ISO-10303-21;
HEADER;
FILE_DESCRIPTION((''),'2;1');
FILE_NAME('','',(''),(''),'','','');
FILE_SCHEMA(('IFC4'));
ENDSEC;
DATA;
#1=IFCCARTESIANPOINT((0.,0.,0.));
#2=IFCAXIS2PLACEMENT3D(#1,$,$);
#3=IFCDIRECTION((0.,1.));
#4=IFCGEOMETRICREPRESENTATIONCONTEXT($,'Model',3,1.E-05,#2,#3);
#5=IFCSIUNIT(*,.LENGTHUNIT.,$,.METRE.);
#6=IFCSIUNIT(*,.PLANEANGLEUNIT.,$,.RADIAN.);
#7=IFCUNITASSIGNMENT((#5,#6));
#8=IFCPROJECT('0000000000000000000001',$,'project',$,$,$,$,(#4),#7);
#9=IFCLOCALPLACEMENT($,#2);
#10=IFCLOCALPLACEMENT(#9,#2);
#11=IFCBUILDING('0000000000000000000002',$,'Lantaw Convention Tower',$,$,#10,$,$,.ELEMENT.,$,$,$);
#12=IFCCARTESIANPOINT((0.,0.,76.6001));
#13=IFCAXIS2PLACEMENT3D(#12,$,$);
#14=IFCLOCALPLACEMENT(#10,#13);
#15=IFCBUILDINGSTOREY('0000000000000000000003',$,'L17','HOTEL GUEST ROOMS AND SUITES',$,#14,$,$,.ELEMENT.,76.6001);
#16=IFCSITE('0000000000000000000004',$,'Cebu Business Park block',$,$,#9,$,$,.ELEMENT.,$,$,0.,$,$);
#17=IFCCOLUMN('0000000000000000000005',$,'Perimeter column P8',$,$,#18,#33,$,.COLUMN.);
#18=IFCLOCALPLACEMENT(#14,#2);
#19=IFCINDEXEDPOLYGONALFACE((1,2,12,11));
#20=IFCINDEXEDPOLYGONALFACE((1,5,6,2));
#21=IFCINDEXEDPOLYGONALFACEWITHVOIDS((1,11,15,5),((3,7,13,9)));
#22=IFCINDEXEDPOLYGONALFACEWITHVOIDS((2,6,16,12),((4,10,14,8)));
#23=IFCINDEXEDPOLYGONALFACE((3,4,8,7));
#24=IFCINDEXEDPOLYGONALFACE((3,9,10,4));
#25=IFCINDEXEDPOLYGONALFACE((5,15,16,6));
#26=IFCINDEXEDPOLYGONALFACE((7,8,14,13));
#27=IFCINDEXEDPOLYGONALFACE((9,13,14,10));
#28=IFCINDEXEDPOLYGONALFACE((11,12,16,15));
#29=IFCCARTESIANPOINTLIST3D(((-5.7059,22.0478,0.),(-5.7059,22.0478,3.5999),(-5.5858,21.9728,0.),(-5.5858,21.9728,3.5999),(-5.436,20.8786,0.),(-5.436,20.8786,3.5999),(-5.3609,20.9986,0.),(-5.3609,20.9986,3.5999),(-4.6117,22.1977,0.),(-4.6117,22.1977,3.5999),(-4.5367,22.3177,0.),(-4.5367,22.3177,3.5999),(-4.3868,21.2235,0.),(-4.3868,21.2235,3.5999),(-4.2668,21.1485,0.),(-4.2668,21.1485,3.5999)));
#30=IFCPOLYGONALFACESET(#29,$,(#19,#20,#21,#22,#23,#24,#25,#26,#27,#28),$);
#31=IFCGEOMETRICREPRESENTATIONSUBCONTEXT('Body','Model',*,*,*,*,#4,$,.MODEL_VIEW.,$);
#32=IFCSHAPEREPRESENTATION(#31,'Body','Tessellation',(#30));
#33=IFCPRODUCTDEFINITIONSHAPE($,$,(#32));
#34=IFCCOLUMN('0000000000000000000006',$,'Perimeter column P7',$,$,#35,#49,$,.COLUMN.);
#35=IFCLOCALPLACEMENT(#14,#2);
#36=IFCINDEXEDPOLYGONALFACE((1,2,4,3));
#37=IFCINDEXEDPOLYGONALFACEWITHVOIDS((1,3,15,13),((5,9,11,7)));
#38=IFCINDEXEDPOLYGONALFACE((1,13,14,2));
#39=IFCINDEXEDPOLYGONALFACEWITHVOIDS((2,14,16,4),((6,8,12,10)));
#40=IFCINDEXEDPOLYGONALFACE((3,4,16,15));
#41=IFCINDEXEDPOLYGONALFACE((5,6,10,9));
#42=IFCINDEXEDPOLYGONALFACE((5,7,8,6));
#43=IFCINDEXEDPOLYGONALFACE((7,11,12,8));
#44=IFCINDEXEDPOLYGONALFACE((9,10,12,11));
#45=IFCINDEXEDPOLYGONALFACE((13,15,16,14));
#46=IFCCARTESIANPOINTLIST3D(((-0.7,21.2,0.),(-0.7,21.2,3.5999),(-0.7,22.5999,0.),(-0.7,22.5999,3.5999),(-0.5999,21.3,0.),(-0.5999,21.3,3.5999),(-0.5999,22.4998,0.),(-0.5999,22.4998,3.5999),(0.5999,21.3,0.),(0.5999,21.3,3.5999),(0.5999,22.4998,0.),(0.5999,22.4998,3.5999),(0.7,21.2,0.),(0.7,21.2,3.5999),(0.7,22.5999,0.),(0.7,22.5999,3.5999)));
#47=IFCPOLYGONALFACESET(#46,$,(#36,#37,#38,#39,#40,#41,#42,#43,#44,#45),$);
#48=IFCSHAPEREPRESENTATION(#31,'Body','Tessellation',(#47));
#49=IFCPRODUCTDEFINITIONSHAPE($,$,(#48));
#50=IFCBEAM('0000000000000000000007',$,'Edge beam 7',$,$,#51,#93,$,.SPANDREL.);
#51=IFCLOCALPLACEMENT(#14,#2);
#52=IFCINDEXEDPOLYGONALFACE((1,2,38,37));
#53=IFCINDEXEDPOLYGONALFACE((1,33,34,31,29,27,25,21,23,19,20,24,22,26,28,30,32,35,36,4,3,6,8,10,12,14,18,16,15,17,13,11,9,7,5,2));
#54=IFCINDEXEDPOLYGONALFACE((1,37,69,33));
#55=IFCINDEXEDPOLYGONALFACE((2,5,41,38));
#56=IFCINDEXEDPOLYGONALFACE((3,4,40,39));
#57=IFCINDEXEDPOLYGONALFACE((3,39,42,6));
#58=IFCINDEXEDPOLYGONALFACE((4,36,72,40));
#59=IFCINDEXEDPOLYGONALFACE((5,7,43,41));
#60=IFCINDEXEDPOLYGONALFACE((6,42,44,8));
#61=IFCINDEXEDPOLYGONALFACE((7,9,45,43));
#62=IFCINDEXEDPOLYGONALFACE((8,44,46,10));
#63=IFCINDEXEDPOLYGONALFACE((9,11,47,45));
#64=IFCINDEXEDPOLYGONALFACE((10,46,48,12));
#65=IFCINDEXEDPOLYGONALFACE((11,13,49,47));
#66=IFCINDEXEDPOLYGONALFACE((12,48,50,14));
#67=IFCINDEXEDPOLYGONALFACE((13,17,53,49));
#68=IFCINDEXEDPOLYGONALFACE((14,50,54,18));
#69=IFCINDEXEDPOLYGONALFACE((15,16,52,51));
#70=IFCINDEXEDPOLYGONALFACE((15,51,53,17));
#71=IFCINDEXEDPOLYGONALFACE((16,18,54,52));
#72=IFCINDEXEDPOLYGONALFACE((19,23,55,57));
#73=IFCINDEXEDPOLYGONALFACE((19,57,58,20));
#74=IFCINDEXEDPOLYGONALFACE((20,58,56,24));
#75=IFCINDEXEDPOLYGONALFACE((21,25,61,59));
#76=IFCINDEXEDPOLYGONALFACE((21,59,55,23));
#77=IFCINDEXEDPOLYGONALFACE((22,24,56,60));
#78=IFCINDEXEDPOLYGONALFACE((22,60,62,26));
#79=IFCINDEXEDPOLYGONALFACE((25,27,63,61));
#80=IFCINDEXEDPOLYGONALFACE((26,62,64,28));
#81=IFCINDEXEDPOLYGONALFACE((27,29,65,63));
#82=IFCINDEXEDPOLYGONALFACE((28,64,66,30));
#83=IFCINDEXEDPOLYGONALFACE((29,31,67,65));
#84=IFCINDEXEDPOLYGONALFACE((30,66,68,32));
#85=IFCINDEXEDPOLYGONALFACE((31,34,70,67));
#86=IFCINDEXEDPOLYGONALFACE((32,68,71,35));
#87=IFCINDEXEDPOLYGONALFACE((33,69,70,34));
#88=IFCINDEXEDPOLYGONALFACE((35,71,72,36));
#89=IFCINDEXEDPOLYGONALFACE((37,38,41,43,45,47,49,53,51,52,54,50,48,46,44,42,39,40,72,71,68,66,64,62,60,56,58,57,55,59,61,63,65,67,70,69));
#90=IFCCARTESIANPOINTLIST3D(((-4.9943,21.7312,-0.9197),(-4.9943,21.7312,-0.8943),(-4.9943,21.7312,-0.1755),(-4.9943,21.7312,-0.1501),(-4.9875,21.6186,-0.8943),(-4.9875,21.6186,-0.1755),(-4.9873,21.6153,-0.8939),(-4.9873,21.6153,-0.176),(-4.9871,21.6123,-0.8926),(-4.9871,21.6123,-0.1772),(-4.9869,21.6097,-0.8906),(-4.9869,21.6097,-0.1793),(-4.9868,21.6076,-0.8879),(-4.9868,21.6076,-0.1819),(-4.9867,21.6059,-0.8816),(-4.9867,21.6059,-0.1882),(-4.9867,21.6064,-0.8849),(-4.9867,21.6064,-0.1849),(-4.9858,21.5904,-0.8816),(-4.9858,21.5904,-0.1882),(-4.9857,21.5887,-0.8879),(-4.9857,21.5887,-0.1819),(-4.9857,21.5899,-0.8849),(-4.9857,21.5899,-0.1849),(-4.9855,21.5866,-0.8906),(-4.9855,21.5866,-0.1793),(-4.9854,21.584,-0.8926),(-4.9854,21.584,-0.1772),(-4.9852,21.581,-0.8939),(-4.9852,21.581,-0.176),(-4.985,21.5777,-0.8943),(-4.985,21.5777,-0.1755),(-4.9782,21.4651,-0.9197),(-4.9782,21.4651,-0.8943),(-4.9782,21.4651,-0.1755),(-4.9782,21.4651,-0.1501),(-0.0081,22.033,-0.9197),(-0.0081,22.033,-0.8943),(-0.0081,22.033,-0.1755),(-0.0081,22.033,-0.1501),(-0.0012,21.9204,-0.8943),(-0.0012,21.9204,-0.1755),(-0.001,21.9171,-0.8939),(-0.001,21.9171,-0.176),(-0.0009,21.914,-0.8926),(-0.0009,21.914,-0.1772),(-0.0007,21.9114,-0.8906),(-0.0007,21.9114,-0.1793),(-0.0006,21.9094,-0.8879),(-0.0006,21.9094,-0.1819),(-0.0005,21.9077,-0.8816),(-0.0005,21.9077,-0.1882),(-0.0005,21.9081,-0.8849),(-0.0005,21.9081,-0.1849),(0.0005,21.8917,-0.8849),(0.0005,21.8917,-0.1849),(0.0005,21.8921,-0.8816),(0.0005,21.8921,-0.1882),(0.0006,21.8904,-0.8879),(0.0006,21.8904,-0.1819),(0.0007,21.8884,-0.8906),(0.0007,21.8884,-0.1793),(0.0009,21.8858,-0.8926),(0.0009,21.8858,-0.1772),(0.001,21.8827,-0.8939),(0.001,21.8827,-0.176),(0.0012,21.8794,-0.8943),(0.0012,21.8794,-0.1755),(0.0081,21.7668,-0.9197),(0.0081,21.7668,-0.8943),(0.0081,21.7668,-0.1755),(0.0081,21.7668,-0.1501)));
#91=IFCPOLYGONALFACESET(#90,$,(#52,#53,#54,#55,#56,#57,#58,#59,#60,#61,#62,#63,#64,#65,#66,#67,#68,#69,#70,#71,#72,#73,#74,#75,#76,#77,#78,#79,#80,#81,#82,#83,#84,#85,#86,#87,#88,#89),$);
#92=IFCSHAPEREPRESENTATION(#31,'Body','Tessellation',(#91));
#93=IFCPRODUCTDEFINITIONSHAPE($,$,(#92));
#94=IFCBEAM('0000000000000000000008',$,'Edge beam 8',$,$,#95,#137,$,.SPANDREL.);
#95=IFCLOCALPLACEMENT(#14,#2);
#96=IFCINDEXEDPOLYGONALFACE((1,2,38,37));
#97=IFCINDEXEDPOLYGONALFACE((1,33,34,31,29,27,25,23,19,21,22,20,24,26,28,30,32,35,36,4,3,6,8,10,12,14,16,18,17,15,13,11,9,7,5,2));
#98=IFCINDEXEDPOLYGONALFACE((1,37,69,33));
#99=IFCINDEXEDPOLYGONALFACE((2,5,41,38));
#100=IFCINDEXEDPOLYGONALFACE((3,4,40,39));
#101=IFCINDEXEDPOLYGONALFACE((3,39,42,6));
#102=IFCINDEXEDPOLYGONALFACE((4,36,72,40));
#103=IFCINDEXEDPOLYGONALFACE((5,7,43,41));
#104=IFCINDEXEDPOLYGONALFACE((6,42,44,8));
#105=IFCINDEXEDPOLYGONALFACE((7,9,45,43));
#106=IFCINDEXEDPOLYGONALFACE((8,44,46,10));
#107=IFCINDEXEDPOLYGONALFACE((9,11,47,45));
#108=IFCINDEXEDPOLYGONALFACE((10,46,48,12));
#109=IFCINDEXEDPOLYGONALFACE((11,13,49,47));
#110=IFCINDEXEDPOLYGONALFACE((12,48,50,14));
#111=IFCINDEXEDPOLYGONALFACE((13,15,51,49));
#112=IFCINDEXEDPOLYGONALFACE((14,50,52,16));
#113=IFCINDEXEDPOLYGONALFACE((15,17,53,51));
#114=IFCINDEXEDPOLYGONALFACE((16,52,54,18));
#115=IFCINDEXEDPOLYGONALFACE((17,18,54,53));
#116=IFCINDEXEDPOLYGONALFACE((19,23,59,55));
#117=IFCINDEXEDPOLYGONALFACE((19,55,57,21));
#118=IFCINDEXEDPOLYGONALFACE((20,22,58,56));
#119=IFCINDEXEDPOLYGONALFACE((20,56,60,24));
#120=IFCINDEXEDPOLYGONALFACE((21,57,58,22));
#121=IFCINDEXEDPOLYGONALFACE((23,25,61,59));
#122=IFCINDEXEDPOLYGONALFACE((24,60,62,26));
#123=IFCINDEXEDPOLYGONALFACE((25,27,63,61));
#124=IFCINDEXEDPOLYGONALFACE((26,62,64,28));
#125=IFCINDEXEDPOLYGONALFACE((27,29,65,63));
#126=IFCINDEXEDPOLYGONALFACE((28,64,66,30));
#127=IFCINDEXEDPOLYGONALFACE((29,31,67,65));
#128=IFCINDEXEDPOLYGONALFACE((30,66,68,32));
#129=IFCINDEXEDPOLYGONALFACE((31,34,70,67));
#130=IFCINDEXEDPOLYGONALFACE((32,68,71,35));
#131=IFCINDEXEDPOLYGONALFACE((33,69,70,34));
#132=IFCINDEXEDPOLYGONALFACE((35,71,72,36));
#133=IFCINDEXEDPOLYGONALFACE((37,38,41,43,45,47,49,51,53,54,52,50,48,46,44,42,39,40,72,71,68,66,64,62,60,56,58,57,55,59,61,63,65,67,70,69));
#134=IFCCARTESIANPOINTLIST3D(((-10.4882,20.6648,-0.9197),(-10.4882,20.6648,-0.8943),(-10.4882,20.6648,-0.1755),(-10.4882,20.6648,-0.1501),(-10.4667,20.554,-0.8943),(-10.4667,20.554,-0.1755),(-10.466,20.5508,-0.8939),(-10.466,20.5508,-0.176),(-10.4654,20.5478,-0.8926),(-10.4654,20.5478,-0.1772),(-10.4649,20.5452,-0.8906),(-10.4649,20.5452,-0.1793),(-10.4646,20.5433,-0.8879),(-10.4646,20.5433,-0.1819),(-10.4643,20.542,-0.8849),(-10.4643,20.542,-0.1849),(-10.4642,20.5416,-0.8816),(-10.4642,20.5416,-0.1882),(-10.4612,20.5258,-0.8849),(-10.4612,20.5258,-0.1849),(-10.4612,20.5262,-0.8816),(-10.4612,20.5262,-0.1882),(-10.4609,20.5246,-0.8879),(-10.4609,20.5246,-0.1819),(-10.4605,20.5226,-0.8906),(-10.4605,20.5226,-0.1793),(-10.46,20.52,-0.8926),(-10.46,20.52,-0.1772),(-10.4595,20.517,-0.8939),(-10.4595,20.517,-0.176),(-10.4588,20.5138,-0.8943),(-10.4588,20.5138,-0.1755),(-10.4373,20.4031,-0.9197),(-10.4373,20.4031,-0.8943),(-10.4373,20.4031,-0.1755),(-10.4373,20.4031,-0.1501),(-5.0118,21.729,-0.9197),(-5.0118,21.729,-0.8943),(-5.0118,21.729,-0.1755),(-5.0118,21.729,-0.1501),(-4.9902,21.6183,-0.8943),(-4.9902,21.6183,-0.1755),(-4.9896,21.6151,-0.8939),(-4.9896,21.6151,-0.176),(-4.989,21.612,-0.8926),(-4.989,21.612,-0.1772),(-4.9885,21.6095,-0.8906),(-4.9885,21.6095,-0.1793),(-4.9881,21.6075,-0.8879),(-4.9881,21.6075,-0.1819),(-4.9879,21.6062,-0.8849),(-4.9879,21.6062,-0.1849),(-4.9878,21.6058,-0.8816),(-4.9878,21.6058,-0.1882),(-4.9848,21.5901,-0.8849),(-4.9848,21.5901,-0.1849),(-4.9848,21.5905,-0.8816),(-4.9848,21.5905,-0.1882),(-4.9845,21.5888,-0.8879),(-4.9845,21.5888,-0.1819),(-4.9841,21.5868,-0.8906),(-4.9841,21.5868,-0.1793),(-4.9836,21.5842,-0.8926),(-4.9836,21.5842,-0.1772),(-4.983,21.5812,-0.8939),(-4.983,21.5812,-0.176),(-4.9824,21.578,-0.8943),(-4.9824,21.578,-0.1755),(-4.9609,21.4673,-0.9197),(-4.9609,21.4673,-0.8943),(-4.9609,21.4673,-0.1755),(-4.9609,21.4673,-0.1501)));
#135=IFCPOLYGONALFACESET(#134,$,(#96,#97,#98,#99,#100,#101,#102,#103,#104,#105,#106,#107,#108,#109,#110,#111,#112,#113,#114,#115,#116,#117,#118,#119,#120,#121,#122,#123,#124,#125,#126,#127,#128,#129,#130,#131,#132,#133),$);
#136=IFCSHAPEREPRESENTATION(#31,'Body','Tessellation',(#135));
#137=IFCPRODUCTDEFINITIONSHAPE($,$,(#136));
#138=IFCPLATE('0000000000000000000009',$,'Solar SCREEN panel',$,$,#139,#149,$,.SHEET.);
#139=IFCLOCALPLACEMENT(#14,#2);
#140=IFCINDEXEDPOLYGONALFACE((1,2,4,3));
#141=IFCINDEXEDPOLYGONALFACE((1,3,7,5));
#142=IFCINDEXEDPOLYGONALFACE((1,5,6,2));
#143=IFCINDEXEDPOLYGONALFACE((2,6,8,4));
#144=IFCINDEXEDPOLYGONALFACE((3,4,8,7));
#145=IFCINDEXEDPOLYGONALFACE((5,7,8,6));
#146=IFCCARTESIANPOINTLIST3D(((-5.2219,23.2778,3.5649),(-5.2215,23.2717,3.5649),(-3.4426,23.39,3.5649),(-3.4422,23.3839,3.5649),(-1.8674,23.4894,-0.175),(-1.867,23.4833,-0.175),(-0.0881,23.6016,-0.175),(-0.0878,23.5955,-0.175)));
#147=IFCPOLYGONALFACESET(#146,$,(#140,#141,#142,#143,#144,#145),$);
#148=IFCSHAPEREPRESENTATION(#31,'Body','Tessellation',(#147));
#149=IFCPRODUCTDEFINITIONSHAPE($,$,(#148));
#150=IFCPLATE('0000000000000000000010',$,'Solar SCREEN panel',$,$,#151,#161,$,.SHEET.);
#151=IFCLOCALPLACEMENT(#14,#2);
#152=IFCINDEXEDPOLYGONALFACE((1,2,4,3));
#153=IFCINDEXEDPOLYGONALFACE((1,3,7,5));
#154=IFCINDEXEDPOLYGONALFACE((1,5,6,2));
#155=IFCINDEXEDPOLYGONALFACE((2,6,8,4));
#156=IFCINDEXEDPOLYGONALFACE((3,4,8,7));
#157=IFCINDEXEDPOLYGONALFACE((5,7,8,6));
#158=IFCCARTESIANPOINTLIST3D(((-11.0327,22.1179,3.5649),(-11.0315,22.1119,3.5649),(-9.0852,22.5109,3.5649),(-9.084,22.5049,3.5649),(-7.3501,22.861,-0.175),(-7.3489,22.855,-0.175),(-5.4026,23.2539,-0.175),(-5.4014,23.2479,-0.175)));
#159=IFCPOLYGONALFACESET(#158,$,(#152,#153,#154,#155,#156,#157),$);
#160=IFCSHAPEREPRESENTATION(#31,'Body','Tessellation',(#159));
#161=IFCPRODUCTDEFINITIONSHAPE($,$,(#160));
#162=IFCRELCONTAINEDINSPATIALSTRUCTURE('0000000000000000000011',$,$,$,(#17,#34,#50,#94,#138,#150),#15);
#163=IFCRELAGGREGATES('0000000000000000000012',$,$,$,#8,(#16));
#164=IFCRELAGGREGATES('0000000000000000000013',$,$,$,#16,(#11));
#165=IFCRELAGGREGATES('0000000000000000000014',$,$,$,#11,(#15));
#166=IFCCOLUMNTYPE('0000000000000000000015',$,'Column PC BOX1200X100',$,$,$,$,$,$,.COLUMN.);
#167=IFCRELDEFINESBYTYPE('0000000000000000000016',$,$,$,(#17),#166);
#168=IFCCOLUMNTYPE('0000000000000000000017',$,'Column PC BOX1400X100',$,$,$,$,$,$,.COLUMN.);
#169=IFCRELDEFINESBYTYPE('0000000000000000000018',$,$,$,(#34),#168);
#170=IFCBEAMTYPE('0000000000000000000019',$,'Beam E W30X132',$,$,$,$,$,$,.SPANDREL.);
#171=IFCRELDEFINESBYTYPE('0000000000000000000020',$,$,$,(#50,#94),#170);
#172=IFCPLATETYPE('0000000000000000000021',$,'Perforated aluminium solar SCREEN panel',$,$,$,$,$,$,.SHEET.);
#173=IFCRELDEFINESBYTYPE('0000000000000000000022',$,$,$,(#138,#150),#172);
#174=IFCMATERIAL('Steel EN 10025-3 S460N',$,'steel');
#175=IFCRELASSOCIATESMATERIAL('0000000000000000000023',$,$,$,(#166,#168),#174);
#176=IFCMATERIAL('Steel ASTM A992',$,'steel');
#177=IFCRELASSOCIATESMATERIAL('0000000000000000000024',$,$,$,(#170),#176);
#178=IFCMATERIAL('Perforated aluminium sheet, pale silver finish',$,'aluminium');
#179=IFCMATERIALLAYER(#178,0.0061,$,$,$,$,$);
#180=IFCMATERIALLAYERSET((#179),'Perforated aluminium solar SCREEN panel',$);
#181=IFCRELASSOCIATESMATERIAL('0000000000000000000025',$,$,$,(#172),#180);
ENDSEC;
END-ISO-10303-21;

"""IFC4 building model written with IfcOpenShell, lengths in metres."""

from ifc_helpers import new_model, si_unit, direction, frame, origin, origin_2d, place, context, subcontext, project, spatial, polyline, rectangle, hollow_rectangle, i_section, outline, extrude, material, layer, layer_set, material_profile, profile_set, type_object, element, save


model = new_model("IFC4")

# Units and contexts
model_context = context("Model", 3, precision=1e-05, world=origin(), true_north=direction((0.0, 1.0)))
body_context = subcontext(model_context, "Body", "Model", "MODEL_VIEW")
ifc_project = project(units=[si_unit("LENGTHUNIT", "METRE"), si_unit("PLANEANGLEUNIT", "RADIAN")], contexts=[model_context])

# Site, building, storey
site_placement = place(None, origin())
site = spatial("IfcSite", under=ifc_project, at=site_placement, Name="Cebu Business Park block", CompositionType="ELEMENT", RefElevation=0.0)
building_placement = place(site_placement, origin())
building = spatial("IfcBuilding", under=site, at=building_placement, Name="Lantaw Convention Tower", CompositionType="ELEMENT")
storey_placement = place(building_placement, frame((0.0, 0.0, 76.6001)))
storey = spatial("IfcBuildingStorey", under=building, at=storey_placement, Name="L17", Description="HOTEL GUEST ROOMS AND SUITES", CompositionType="ELEMENT", Elevation=76.6001)

# Columns
ifc_material_1 = material(Name="Steel EN 10025-3 S460N", Category="steel")
ifc_material_profile_1 = material_profile(ifc_material_1, hollow_rectangle(XDim=1.2, YDim=1.2, WallThickness=0.1001, at=origin_2d()), Name="BOX1200X100")
ifc_material_2 = material(Name="Concrete C60/75", Category="concrete")
ifc_material_profile_2 = material_profile(ifc_material_2, rectangle(XDim=1.0, YDim=1.0, at=origin_2d()), Name="Concrete fill of BOX1200X100")
ifc_profile_set_1 = profile_set([ifc_material_profile_1, ifc_material_profile_2], Name="Steel EN 10025-3 S460N")
column_type_1 = type_object("IfcColumnType", Name="Column PC BOX1200X100", PredefinedType="COLUMN", material=ifc_profile_set_1)
column_1_placement = place(storey_placement, frame((-4.9863, 21.5981, 0.0), z_axis=(0.0, 0.0, 1.0), x_axis=(0.97437, 0.224951, 0.0)))
element("IfcColumn", 1, at=column_1_placement, inside=storey, type_object=column_type_1, Name="Perimeter column P8", PredefinedType="COLUMN", context=body_context, shape_type="SweptSolid", body=[
    extrude(hollow_rectangle(XDim=1.2, YDim=1.2, WallThickness=0.1001, at=origin_2d()), origin(), (0.0, 0.0, 1.0), 3.5999),
])
ifc_material_profile_3 = material_profile(ifc_material_1, hollow_rectangle(XDim=1.3999, YDim=1.3999, WallThickness=0.1001, at=origin_2d()), Name="BOX1400X100")
ifc_material_profile_4 = material_profile(ifc_material_2, rectangle(XDim=1.2, YDim=1.2, at=origin_2d()), Name="Concrete fill of BOX1400X100")
ifc_profile_set_2 = profile_set([ifc_material_profile_3, ifc_material_profile_4], Name="Steel EN 10025-3 S460N")
column_type_2 = type_object("IfcColumnType", Name="Column PC BOX1400X100", PredefinedType="COLUMN", material=ifc_profile_set_2)
column_2_placement = place(storey_placement, frame((0.0, 21.8999, 0.0), z_axis=(0.0, 0.0, 1.0), x_axis=(1.0, 0.0, 0.0)))
element("IfcColumn", 2, at=column_2_placement, inside=storey, type_object=column_type_2, Name="Perimeter column P7", PredefinedType="COLUMN", context=body_context, shape_type="SweptSolid", body=[
    extrude(hollow_rectangle(XDim=1.3999, YDim=1.3999, WallThickness=0.1001, at=origin_2d()), origin(), (0.0, 0.0, 1.0), 3.5999),
])

# Beams
ifc_material_3 = material(Name="Steel ASTM A992", Category="steel")
ifc_material_profile_5 = material_profile(ifc_material_3, i_section(OverallWidth=0.2666, OverallDepth=0.7695, WebThickness=0.0156, FlangeThickness=0.0254, FilletRadius=0.0127, at=origin_2d()), Name="W30X132")
ifc_profile_set_3 = profile_set([ifc_material_profile_5], Name="Steel ASTM A992")
beam_type = type_object("IfcBeamType", Name="Beam E W30X132", PredefinedType="SPANDREL", material=ifc_profile_set_3)
beam_1_placement = place(storey_placement, frame((0.0, 21.8999, -0.5349), z_axis=(-0.998174, -0.060407, 0.0), x_axis=(0.060407, -0.998174, 0.0)))
element("IfcBeam", 3, at=beam_1_placement, inside=storey, type_object=beam_type, Name="Edge beam 7", PredefinedType="SPANDREL", context=body_context, shape_type="SweptSolid", body=[
    extrude(i_section(OverallWidth=0.2666, OverallDepth=0.7695, WebThickness=0.0156, FlangeThickness=0.0254, FilletRadius=0.0127, at=origin_2d()), origin(), (0.0, 0.0, 1.0), 4.9954),
])
beam_2_placement = place(storey_placement, frame((-4.9863, 21.5981, -0.5349), z_axis=(-0.981637, -0.190761, 0.0), x_axis=(0.190761, -0.981637, 0.0)))
element("IfcBeam", 4, at=beam_2_placement, inside=storey, type_object=beam_type, Name="Edge beam 8", PredefinedType="SPANDREL", context=body_context, shape_type="SweptSolid", body=[
    extrude(i_section(OverallWidth=0.2666, OverallDepth=0.7695, WebThickness=0.0156, FlangeThickness=0.0254, FilletRadius=0.0127, at=origin_2d()), origin(), (0.0, 0.0, 1.0), 5.5789),
])

# Plates
ifc_material_4 = material(Name="Perforated aluminium sheet, pale silver finish", Category="aluminium")
ifc_layer_1 = layer(ifc_material_4, 0.0061)
ifc_layer_set_1 = layer_set([ifc_layer_1], Name="Perforated aluminium solar SCREEN panel")
plate_type = type_object("IfcPlateType", Name="Perforated aluminium solar SCREEN panel", PredefinedType="SHEET", material=ifc_layer_set_1)
plate_1_placement = place(storey_placement, frame((-0.0881, 23.6016, -0.175), z_axis=(-0.062924, 0.998018, 0.000014), x_axis=(-0.998018, -0.062924, 0.0)))
element("IfcPlate", 5, at=plate_1_placement, inside=storey, type_object=plate_type, Name="Solar SCREEN panel", PredefinedType="SHEET", context=body_context, shape_type="SweptSolid", body=[
    extrude(outline(polyline([(0.0, 0.0), (1.7828, 0.0), (5.144, 3.74), (3.3611, 3.74), (0.0, 0.0)])), origin(), (0.0, 0.0, -1.0), 0.0061),
])
plate_2_placement = place(storey_placement, frame((-5.4026, 23.2539, -0.175), z_axis=(-0.197782, 0.980246, 0.000002), x_axis=(-0.980246, -0.197782, 0.0)))
element("IfcPlate", 6, at=plate_2_placement, inside=storey, type_object=plate_type, Name="Solar SCREEN panel", PredefinedType="SHEET", context=body_context, shape_type="SweptSolid", body=[
    extrude(outline(polyline([(0.0, 0.0), (1.9867, 0.0), (5.7436, 3.74), (3.7568, 3.74), (0.0, 0.0)])), origin(), (0.0, 0.0, -1.0), 0.0061),
])

save(model, "model.ifc")
